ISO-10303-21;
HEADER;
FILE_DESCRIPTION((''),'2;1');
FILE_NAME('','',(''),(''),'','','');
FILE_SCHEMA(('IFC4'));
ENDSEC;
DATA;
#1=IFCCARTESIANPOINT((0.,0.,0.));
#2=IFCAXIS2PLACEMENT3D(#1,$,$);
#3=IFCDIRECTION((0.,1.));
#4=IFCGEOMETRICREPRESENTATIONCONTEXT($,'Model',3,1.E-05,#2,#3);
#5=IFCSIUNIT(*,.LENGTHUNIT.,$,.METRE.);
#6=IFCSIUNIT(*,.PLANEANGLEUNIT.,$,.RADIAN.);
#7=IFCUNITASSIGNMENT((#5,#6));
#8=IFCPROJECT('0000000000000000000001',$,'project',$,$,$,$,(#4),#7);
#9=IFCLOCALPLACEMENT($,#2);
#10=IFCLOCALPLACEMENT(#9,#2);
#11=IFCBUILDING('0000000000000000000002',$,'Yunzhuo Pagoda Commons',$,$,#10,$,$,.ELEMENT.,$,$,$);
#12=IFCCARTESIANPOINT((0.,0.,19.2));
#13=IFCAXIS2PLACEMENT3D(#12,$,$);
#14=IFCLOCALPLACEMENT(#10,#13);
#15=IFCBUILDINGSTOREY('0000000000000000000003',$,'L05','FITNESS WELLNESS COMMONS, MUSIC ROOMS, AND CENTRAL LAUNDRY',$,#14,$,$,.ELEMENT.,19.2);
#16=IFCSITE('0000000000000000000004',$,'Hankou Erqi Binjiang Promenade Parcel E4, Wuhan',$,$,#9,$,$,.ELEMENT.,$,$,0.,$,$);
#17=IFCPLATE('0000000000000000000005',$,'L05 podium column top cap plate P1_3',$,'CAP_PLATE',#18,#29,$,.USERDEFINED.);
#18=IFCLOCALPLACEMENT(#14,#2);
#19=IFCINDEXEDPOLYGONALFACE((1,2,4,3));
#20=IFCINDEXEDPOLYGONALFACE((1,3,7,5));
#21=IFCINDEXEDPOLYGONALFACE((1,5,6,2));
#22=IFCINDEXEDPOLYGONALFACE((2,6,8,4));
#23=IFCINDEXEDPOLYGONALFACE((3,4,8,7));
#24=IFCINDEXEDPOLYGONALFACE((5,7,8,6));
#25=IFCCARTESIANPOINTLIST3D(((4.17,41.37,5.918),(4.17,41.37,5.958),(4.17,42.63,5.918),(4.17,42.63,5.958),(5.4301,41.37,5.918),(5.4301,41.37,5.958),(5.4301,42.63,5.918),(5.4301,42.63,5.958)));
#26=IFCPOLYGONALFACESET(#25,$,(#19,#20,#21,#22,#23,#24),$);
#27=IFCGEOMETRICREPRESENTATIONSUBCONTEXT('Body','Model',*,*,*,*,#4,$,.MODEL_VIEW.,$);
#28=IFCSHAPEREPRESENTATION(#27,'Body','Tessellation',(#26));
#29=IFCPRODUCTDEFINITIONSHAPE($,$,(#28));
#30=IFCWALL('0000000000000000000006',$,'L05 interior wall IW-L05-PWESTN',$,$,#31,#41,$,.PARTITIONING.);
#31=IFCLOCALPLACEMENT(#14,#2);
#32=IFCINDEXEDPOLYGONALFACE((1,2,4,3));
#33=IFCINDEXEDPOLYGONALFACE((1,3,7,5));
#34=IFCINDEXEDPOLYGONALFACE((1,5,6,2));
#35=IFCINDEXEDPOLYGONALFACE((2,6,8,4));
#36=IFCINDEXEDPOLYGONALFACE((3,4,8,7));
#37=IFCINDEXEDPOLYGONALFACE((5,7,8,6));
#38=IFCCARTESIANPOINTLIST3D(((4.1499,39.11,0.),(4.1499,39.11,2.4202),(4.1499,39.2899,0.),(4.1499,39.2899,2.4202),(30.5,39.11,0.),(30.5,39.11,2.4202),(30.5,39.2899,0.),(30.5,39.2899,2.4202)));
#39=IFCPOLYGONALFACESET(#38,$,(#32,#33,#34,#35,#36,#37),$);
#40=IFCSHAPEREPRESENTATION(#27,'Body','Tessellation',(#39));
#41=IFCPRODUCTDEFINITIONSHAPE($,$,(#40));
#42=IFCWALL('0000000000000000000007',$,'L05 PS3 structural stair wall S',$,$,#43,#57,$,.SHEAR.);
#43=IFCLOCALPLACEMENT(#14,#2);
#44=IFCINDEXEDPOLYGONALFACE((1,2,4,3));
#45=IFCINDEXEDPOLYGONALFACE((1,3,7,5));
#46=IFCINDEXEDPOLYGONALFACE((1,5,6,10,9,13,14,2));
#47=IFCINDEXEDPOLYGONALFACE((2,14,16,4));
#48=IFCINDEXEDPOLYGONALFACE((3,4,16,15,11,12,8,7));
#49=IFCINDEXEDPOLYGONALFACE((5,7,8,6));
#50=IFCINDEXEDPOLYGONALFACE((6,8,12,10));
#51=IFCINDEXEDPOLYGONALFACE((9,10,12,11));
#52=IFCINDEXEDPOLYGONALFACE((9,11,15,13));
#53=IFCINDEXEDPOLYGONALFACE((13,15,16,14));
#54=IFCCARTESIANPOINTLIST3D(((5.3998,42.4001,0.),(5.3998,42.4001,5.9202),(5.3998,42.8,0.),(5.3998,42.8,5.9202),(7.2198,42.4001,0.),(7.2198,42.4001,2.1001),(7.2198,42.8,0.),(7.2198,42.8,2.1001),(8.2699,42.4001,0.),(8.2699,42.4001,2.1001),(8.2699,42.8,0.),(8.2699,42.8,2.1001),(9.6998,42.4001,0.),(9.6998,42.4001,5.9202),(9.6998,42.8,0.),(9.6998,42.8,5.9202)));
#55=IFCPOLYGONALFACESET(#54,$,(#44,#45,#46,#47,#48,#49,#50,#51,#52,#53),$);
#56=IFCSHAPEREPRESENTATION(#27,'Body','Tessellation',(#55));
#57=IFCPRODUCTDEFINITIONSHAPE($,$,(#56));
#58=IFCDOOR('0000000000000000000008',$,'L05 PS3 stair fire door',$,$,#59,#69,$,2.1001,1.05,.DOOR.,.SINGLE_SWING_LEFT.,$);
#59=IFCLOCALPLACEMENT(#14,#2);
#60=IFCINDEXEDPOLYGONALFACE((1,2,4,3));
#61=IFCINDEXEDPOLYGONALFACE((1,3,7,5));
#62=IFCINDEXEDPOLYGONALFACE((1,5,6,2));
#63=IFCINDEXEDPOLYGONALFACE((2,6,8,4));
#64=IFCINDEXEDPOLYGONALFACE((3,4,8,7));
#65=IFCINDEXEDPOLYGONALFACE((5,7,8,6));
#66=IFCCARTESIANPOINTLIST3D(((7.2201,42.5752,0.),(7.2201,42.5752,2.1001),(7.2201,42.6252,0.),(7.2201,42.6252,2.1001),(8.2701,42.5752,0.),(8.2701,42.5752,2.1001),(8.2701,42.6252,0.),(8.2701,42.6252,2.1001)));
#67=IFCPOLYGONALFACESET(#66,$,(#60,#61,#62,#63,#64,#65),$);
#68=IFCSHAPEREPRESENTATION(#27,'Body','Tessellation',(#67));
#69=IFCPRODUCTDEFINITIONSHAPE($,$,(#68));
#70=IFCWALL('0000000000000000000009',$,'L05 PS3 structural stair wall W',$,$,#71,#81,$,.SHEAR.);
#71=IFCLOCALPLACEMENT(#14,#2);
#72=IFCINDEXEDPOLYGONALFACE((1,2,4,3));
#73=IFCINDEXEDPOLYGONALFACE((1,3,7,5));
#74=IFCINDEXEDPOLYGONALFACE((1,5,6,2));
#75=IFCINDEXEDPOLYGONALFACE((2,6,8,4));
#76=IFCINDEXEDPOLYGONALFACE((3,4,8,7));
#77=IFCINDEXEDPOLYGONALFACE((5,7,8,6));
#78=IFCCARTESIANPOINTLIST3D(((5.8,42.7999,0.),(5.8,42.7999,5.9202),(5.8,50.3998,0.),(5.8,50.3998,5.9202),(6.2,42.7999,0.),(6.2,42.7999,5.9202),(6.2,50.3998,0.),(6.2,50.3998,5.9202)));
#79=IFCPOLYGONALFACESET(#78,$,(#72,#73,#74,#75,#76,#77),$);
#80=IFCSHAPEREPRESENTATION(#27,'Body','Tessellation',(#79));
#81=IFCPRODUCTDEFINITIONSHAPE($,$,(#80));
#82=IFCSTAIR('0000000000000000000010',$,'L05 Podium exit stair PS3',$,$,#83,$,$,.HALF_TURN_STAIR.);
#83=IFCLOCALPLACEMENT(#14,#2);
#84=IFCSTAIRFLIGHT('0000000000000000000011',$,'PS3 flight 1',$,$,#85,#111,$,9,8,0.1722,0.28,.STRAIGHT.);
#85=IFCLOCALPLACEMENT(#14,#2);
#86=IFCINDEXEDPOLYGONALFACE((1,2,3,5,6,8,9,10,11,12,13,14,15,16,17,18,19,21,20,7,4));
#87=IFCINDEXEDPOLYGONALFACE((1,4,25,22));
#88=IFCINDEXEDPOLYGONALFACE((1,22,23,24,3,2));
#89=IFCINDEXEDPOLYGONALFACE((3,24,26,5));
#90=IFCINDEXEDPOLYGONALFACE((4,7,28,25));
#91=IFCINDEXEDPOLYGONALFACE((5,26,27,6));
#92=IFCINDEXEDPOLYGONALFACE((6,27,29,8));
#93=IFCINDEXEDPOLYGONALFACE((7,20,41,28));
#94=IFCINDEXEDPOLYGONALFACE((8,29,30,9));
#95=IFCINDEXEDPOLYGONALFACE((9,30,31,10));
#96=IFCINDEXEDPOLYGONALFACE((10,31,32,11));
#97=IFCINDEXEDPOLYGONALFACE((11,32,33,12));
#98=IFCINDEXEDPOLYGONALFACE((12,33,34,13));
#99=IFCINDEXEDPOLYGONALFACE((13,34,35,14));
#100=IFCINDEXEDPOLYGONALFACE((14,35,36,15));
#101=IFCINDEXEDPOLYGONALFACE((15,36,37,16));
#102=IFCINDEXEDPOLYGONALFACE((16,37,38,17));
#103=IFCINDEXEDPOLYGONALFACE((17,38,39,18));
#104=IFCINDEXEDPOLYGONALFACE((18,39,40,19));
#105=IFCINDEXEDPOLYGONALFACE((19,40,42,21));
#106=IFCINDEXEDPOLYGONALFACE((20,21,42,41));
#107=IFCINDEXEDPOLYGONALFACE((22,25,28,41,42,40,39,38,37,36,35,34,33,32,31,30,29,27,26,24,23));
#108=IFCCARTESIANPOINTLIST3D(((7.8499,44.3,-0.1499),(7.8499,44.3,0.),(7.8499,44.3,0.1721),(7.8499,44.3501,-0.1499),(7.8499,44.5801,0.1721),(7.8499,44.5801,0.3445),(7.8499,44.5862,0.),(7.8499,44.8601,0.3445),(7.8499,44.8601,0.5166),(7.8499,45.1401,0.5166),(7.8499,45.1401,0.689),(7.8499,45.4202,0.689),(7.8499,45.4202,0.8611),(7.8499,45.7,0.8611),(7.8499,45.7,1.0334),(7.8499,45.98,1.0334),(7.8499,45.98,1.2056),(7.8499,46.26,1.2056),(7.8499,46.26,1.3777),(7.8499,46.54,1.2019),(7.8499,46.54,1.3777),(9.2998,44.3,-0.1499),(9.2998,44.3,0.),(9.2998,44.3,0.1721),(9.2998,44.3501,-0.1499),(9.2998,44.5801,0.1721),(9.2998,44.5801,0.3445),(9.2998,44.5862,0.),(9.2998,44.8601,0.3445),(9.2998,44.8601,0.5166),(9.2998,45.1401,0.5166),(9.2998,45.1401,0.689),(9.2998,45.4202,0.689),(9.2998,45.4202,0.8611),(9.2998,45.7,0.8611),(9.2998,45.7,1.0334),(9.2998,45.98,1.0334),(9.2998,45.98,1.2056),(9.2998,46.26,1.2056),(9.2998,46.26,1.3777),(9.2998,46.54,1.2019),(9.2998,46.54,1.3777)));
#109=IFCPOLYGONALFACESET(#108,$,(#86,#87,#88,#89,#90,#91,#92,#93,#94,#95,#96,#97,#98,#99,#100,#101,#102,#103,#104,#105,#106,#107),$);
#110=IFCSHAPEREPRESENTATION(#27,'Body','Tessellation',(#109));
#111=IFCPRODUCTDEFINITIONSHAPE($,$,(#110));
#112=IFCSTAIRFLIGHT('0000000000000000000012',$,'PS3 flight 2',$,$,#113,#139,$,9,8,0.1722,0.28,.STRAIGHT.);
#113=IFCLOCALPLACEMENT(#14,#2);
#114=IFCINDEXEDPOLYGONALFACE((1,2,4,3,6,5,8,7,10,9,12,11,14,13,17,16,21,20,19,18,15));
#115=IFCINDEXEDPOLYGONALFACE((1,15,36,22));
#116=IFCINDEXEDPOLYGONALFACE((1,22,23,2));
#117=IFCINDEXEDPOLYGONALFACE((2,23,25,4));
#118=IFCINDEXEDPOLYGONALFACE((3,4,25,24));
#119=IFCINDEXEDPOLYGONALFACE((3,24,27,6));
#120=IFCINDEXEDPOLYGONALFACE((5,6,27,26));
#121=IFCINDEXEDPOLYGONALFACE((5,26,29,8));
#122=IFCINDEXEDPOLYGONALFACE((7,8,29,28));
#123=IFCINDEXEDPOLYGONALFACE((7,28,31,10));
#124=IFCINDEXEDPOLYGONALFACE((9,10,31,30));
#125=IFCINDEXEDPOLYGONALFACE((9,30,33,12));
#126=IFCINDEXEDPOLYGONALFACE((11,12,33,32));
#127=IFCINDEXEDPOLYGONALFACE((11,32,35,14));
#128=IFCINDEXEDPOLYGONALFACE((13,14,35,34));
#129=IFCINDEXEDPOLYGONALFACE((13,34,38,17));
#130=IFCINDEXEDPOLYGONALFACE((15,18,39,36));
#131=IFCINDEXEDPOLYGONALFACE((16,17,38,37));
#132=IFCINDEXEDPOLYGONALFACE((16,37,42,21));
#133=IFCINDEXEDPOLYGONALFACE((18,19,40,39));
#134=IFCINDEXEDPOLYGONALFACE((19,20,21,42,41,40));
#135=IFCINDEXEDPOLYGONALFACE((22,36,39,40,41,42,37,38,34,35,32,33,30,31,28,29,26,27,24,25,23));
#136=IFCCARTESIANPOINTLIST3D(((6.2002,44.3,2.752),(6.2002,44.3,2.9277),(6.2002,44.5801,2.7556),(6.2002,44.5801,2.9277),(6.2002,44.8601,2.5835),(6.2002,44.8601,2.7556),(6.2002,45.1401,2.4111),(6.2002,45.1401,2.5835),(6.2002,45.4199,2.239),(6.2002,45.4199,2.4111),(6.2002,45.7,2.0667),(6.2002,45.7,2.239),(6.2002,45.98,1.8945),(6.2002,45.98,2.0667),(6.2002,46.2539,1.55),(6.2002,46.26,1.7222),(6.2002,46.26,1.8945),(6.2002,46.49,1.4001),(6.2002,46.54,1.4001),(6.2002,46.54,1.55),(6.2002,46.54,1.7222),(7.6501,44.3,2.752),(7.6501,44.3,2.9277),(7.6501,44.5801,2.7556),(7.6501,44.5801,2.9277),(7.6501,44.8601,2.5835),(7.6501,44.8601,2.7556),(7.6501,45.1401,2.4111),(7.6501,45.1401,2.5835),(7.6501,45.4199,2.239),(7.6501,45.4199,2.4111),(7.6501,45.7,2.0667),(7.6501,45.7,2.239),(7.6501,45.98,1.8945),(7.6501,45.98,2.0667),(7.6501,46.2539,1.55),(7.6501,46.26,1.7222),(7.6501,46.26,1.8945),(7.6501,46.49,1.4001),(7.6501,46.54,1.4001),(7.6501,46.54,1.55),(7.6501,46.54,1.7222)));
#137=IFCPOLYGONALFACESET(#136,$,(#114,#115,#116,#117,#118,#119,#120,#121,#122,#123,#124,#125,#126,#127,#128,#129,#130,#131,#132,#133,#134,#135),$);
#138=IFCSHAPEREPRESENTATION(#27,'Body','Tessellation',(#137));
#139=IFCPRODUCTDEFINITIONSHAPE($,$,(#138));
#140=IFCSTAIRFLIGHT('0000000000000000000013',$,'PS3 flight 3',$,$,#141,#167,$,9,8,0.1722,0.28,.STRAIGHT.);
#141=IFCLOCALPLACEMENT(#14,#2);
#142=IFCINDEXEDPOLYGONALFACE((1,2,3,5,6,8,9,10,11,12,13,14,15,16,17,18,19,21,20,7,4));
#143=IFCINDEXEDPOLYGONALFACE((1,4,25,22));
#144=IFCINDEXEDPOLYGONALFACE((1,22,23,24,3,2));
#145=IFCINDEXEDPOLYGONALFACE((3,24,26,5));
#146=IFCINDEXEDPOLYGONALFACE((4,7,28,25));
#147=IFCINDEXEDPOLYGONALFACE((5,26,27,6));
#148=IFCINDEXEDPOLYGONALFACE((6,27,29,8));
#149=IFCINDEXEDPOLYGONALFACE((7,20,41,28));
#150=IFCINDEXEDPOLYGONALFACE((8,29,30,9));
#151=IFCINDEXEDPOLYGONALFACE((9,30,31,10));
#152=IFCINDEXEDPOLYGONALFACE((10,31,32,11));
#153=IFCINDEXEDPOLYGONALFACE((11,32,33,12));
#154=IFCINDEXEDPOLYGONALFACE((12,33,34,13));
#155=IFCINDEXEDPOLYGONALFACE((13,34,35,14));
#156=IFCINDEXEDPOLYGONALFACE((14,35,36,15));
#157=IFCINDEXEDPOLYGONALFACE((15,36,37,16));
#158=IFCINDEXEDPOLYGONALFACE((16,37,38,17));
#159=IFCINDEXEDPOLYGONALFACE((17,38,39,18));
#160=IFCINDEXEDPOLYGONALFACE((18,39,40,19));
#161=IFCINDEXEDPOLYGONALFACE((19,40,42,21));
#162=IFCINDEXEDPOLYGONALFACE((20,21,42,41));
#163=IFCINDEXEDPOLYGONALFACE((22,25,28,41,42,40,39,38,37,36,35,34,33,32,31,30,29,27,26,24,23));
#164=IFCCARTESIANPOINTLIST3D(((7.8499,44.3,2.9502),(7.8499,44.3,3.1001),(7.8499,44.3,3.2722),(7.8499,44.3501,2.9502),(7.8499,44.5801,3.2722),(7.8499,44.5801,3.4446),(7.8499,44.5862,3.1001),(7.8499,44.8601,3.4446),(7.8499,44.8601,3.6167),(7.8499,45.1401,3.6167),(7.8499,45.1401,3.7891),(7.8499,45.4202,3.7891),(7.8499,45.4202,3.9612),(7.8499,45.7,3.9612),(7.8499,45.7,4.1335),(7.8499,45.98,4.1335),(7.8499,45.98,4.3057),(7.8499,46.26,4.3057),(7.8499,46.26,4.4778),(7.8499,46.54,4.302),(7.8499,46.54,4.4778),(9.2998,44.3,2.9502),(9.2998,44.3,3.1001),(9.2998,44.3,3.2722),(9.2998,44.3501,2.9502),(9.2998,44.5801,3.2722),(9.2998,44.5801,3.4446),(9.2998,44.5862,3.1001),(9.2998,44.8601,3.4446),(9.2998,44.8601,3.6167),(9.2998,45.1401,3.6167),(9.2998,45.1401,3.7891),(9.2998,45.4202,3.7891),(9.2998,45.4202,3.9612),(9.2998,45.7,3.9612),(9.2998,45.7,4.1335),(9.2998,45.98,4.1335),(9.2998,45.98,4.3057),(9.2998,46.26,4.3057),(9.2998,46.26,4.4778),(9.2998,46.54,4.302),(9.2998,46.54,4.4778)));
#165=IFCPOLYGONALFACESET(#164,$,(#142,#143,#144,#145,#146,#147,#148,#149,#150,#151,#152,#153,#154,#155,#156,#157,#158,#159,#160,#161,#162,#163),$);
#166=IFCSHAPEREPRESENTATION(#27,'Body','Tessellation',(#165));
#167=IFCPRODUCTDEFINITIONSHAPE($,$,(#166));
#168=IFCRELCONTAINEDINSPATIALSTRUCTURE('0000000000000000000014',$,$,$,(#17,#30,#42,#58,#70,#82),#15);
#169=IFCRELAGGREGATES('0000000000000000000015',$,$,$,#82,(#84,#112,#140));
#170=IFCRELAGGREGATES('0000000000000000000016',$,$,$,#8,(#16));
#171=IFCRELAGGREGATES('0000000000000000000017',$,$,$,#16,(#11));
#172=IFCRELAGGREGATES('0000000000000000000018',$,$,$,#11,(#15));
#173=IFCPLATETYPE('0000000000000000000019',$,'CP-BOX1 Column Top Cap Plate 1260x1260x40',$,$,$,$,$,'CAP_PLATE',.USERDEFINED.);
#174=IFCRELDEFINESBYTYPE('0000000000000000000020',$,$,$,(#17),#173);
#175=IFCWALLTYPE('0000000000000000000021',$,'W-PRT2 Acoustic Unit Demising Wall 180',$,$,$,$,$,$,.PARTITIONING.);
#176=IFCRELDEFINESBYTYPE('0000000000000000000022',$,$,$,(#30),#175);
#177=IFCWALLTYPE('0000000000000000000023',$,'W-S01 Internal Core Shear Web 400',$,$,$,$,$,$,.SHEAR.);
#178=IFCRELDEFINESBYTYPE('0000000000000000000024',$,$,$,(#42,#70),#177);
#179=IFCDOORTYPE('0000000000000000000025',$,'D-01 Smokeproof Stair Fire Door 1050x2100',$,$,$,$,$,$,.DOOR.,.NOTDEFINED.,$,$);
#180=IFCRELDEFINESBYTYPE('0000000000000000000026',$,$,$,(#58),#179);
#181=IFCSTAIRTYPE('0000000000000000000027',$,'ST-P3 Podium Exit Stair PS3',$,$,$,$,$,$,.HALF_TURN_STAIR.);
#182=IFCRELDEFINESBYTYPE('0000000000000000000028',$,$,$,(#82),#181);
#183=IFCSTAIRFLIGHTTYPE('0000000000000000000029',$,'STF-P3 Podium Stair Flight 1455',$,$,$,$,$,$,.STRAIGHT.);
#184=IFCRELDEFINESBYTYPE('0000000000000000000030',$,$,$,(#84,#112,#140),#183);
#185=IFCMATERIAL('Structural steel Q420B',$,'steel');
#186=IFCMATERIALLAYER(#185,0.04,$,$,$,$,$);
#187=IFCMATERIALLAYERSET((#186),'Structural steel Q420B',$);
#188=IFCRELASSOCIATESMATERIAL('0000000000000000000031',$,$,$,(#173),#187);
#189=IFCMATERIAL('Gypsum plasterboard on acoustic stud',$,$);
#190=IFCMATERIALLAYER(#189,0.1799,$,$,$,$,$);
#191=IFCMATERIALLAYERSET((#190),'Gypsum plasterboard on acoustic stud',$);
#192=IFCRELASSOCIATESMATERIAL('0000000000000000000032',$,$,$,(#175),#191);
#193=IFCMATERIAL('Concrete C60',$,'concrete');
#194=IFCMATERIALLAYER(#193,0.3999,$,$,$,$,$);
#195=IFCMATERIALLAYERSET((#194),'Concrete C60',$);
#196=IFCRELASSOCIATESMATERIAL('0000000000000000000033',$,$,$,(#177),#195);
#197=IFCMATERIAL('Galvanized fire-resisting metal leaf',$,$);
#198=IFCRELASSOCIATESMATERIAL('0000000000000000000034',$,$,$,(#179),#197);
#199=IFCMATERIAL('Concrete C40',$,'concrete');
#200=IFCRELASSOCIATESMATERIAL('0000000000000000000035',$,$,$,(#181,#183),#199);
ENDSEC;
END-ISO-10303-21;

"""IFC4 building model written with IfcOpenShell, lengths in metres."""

from ifc_helpers import new_model, si_unit, direction, frame, frame_2d, origin, origin_2d, place, context, subcontext, project, spatial, polyline, rectangle, outline, extrude, source, transform, mapped, material, layer, layer_set, type_object, element, fill, aggregate, save


model = new_model("IFC4")

# Units and contexts
model_context = context("Model", 3, precision=1e-05, world=origin(), true_north=direction((0.0, 1.0)))
body_context = subcontext(model_context, "Body", "Model", "MODEL_VIEW")
ifc_project = project(units=[si_unit("LENGTHUNIT", "METRE"), si_unit("PLANEANGLEUNIT", "RADIAN")], contexts=[model_context])

# Site, building, storey
site_placement = place(None, origin())
site = spatial("IfcSite", under=ifc_project, at=site_placement, Name="Hankou Erqi Binjiang Promenade Parcel E4, Wuhan", CompositionType="ELEMENT", RefElevation=0.0)
building_placement = place(site_placement, origin())
building = spatial("IfcBuilding", under=site, at=building_placement, Name="Yunzhuo Pagoda Commons", CompositionType="ELEMENT")
storey_placement = place(building_placement, frame((0.0, 0.0, 19.2)))
storey = spatial("IfcBuildingStorey", under=building, at=storey_placement, Name="L05", Description="FITNESS WELLNESS COMMONS, MUSIC ROOMS, AND CENTRAL LAUNDRY", CompositionType="ELEMENT", Elevation=19.2)

# Shared definitions
ifc_material_1 = material(Name="Structural steel Q420B", Category="steel")

# Plate
ifc_layer_1 = layer(ifc_material_1, 0.04)
ifc_layer_set_1 = layer_set([ifc_layer_1], Name="Structural steel Q420B")
plate_type = type_object("IfcPlateType", Name="CP-BOX1 Column Top Cap Plate 1260x1260x40", ElementType="CAP_PLATE", PredefinedType="USERDEFINED", material=ifc_layer_set_1)
shared_shape_1 = source(origin(), body_context, "Body", "SweptSolid", [
    extrude(rectangle(XDim=1.26, YDim=1.26, at=origin_2d()), origin(), (0.0, 0.0, 1.0), 0.04),
])
plate_placement = place(storey_placement, frame((4.8, 42.0, 5.918), z_axis=(0.0, 0.0, 1.0), x_axis=(1.0, 0.0, 0.0)))
element("IfcPlate", 1, at=plate_placement, inside=storey, type_object=plate_type, Name="L05 podium column top cap plate P1_3", ObjectType="CAP_PLATE", PredefinedType="USERDEFINED", context=body_context, shape_type="MappedRepresentation", body=[
    mapped(shared_shape_1, transform((0.0, 0.0, 0.0), scale=1.0)),
])

# Wall
ifc_material_2 = material(Name="Gypsum plasterboard on acoustic stud")
ifc_layer_2 = layer(ifc_material_2, 0.1799)
ifc_layer_set_2 = layer_set([ifc_layer_2], Name="Gypsum plasterboard on acoustic stud")
wall_type_1 = type_object("IfcWallType", Name="W-PRT2 Acoustic Unit Demising Wall 180", PredefinedType="PARTITIONING", material=ifc_layer_set_2)
wall_1_placement = place(storey_placement, frame((4.1499, 39.2, 0.0), z_axis=(0.0, 0.0, 1.0), x_axis=(1.0, 0.0, 0.0)))
element("IfcWall", 2, at=wall_1_placement, inside=storey, type_object=wall_type_1, Name="L05 interior wall IW-L05-PWESTN", PredefinedType="PARTITIONING", context=body_context, shape_type="SweptSolid", body=[
    extrude(rectangle(XDim=26.3501, YDim=0.1799, at=frame_2d((13.175, 0.0))), origin(), (0.0, 0.0, 1.0), 2.4202),
])

# Wall, opening, door
ifc_material_3 = material(Name="Concrete C60", Category="concrete")
ifc_layer_3 = layer(ifc_material_3, 0.3999)
ifc_layer_set_3 = layer_set([ifc_layer_3], Name="Concrete C60")
wall_type_2 = type_object("IfcWallType", Name="W-S01 Internal Core Shear Web 400", PredefinedType="SHEAR", material=ifc_layer_set_3)
wall_2_placement = place(storey_placement, frame((5.3999, 42.6001, 0.0), z_axis=(0.0, 0.0, 1.0), x_axis=(1.0, 0.0, 0.0)))
wall_2 = element("IfcWall", 3, at=wall_2_placement, inside=storey, type_object=wall_type_2, Name="L05 PS3 structural stair wall S", PredefinedType="SHEAR", context=body_context, shape_type="SweptSolid", body=[
    extrude(rectangle(XDim=4.3, YDim=0.3999, at=frame_2d((2.1499, 0.0))), origin(), (0.0, 0.0, 1.0), 5.9202),
])
opening_placement = place(wall_2_placement, frame((1.8201, 0.0, 0.0)))
opening = element("IfcOpeningElement", 4, at=opening_placement, cuts=wall_2, PredefinedType="OPENING", context=body_context, shape_type="SweptSolid", body=[
    extrude(rectangle(XDim=1.05, YDim=2.1001, at=frame_2d((0.5249, 1.05))), frame((0.0, 0.21, 0.0), z_axis=(0.0, -1.0, 0.0), x_axis=(1.0, 0.0, 0.0)), (0.0, 0.0, 1.0), 0.4199),
])
ifc_material_4 = material(Name="Galvanized fire-resisting metal leaf")
door_type = type_object("IfcDoorType", Name="D-01 Smokeproof Stair Fire Door 1050x2100", OperationType="NOTDEFINED", PredefinedType="DOOR", material=ifc_material_4)
shared_shape_2 = source(origin(), body_context, "Body", "SweptSolid", [
    extrude(rectangle(XDim=1.05, YDim=2.1001, at=frame_2d((0.5249, 1.05))), frame((0.0, 0.0249, 0.0), z_axis=(0.0, -1.0, 0.0), x_axis=(1.0, 0.0, 0.0)), (0.0, 0.0, 1.0), 0.05),
])
door_placement = place(opening_placement, frame((1.05, 0.0, 0.0), z_axis=(0.0, 0.0, 1.0), x_axis=(-1.0, 0.0, 0.0)))
door = element("IfcDoor", 5, at=door_placement, inside=storey, type_object=door_type, Name="L05 PS3 stair fire door", OperationType="SINGLE_SWING_LEFT", OverallHeight=2.1001, OverallWidth=1.05, PredefinedType="DOOR", context=body_context, shape_type="MappedRepresentation", body=[
    mapped(shared_shape_2, transform((0.0, 0.0, 0.0), scale=1.0)),
])
fill(opening, door)

# Wall
wall_3_placement = place(storey_placement, frame((6.0, 42.8, 0.0), z_axis=(0.0, 0.0, 1.0), x_axis=(0.0, 1.0, 0.0)))
element("IfcWall", 6, at=wall_3_placement, inside=storey, type_object=wall_type_2, Name="L05 PS3 structural stair wall W", PredefinedType="SHEAR", context=body_context, shape_type="SweptSolid", body=[
    extrude(rectangle(XDim=7.5999, YDim=0.3999, at=frame_2d((3.7998, 0.0))), origin(), (0.0, 0.0, 1.0), 5.9202),
])

# Stair, stair flights
ifc_material_5 = material(Name="Concrete C40", Category="concrete")
stair_type = type_object("IfcStairType", Name="ST-P3 Podium Exit Stair PS3", PredefinedType="HALF_TURN_STAIR", material=ifc_material_5)
stair_placement = place(storey_placement, origin())
stair = element("IfcStair", 7, at=stair_placement, inside=storey, type_object=stair_type, Name="L05 Podium exit stair PS3", PredefinedType="HALF_TURN_STAIR")
stair_flight_type = type_object("IfcStairFlightType", Name="STF-P3 Podium Stair Flight 1455", PredefinedType="STRAIGHT", material=ifc_material_5)
shared_shape_3 = source(origin(), body_context, "Body", "SweptSolid", [
    extrude(outline(polyline([(0.0, -0.1499), (0.0, 0.0), (0.0, 0.1721), (0.28, 0.1721), (0.28, 0.3445), (0.5601, 0.3445), (0.5601, 0.5166), (0.8401, 0.5166), (0.8401, 0.689), (1.1201, 0.689), (1.1201, 0.8611), (1.3999, 0.8611), (1.3999, 1.0334), (1.6799, 1.0334), (1.6799, 1.2056), (1.96, 1.2056), (1.96, 1.3777), (2.24, 1.3777), (2.24, 1.55), (2.24, 1.2019), (0.2861, 0.0), (0.05, -0.1499), (0.0, -0.1499)])), frame((0.0, 0.7251, 0.0), z_axis=(0.0, -1.0, 0.0), x_axis=(1.0, 0.0, 0.0)), (0.0, 0.0, 1.0), 1.45),
])
stair_flight_1_placement = place(storey_placement, frame((8.575, 44.3, 0.0), z_axis=(0.0, 0.0, 1.0), x_axis=(0.0, 1.0, 0.0)))
stair_flight_1 = element("IfcStairFlight", 8, at=stair_flight_1_placement, type_object=stair_flight_type, Name="PS3 flight 1", NumberOfRisers=9, NumberOfTreads=8, PredefinedType="STRAIGHT", RiserHeight=0.1722, TreadLength=0.28, context=body_context, shape_type="MappedRepresentation", body=[
    mapped(shared_shape_3, transform((0.0, 0.0, 0.0), scale=1.0)),
])
stair_flight_2_placement = place(storey_placement, frame((6.925, 46.54, 1.55), z_axis=(0.0, 0.0, 1.0), x_axis=(0.0, -1.0, 0.0)))
stair_flight_2 = element("IfcStairFlight", 9, at=stair_flight_2_placement, type_object=stair_flight_type, Name="PS3 flight 2", NumberOfRisers=9, NumberOfTreads=8, PredefinedType="STRAIGHT", RiserHeight=0.1722, TreadLength=0.28, context=body_context, shape_type="MappedRepresentation", body=[
    mapped(shared_shape_3, transform((0.0, 0.0, 0.0), scale=1.0)),
])
stair_flight_3_placement = place(storey_placement, frame((8.575, 44.3, 3.1001), z_axis=(0.0, 0.0, 1.0), x_axis=(0.0, 1.0, 0.0)))
stair_flight_3 = element("IfcStairFlight", 10, at=stair_flight_3_placement, type_object=stair_flight_type, Name="PS3 flight 3", NumberOfRisers=9, NumberOfTreads=8, PredefinedType="STRAIGHT", RiserHeight=0.1722, TreadLength=0.28, context=body_context, shape_type="MappedRepresentation", body=[
    mapped(shared_shape_3, transform((0.0, 0.0, 0.0), scale=1.0)),
])
aggregate(stair, [stair_flight_1, stair_flight_2, stair_flight_3])

save(model, "model.ifc")
